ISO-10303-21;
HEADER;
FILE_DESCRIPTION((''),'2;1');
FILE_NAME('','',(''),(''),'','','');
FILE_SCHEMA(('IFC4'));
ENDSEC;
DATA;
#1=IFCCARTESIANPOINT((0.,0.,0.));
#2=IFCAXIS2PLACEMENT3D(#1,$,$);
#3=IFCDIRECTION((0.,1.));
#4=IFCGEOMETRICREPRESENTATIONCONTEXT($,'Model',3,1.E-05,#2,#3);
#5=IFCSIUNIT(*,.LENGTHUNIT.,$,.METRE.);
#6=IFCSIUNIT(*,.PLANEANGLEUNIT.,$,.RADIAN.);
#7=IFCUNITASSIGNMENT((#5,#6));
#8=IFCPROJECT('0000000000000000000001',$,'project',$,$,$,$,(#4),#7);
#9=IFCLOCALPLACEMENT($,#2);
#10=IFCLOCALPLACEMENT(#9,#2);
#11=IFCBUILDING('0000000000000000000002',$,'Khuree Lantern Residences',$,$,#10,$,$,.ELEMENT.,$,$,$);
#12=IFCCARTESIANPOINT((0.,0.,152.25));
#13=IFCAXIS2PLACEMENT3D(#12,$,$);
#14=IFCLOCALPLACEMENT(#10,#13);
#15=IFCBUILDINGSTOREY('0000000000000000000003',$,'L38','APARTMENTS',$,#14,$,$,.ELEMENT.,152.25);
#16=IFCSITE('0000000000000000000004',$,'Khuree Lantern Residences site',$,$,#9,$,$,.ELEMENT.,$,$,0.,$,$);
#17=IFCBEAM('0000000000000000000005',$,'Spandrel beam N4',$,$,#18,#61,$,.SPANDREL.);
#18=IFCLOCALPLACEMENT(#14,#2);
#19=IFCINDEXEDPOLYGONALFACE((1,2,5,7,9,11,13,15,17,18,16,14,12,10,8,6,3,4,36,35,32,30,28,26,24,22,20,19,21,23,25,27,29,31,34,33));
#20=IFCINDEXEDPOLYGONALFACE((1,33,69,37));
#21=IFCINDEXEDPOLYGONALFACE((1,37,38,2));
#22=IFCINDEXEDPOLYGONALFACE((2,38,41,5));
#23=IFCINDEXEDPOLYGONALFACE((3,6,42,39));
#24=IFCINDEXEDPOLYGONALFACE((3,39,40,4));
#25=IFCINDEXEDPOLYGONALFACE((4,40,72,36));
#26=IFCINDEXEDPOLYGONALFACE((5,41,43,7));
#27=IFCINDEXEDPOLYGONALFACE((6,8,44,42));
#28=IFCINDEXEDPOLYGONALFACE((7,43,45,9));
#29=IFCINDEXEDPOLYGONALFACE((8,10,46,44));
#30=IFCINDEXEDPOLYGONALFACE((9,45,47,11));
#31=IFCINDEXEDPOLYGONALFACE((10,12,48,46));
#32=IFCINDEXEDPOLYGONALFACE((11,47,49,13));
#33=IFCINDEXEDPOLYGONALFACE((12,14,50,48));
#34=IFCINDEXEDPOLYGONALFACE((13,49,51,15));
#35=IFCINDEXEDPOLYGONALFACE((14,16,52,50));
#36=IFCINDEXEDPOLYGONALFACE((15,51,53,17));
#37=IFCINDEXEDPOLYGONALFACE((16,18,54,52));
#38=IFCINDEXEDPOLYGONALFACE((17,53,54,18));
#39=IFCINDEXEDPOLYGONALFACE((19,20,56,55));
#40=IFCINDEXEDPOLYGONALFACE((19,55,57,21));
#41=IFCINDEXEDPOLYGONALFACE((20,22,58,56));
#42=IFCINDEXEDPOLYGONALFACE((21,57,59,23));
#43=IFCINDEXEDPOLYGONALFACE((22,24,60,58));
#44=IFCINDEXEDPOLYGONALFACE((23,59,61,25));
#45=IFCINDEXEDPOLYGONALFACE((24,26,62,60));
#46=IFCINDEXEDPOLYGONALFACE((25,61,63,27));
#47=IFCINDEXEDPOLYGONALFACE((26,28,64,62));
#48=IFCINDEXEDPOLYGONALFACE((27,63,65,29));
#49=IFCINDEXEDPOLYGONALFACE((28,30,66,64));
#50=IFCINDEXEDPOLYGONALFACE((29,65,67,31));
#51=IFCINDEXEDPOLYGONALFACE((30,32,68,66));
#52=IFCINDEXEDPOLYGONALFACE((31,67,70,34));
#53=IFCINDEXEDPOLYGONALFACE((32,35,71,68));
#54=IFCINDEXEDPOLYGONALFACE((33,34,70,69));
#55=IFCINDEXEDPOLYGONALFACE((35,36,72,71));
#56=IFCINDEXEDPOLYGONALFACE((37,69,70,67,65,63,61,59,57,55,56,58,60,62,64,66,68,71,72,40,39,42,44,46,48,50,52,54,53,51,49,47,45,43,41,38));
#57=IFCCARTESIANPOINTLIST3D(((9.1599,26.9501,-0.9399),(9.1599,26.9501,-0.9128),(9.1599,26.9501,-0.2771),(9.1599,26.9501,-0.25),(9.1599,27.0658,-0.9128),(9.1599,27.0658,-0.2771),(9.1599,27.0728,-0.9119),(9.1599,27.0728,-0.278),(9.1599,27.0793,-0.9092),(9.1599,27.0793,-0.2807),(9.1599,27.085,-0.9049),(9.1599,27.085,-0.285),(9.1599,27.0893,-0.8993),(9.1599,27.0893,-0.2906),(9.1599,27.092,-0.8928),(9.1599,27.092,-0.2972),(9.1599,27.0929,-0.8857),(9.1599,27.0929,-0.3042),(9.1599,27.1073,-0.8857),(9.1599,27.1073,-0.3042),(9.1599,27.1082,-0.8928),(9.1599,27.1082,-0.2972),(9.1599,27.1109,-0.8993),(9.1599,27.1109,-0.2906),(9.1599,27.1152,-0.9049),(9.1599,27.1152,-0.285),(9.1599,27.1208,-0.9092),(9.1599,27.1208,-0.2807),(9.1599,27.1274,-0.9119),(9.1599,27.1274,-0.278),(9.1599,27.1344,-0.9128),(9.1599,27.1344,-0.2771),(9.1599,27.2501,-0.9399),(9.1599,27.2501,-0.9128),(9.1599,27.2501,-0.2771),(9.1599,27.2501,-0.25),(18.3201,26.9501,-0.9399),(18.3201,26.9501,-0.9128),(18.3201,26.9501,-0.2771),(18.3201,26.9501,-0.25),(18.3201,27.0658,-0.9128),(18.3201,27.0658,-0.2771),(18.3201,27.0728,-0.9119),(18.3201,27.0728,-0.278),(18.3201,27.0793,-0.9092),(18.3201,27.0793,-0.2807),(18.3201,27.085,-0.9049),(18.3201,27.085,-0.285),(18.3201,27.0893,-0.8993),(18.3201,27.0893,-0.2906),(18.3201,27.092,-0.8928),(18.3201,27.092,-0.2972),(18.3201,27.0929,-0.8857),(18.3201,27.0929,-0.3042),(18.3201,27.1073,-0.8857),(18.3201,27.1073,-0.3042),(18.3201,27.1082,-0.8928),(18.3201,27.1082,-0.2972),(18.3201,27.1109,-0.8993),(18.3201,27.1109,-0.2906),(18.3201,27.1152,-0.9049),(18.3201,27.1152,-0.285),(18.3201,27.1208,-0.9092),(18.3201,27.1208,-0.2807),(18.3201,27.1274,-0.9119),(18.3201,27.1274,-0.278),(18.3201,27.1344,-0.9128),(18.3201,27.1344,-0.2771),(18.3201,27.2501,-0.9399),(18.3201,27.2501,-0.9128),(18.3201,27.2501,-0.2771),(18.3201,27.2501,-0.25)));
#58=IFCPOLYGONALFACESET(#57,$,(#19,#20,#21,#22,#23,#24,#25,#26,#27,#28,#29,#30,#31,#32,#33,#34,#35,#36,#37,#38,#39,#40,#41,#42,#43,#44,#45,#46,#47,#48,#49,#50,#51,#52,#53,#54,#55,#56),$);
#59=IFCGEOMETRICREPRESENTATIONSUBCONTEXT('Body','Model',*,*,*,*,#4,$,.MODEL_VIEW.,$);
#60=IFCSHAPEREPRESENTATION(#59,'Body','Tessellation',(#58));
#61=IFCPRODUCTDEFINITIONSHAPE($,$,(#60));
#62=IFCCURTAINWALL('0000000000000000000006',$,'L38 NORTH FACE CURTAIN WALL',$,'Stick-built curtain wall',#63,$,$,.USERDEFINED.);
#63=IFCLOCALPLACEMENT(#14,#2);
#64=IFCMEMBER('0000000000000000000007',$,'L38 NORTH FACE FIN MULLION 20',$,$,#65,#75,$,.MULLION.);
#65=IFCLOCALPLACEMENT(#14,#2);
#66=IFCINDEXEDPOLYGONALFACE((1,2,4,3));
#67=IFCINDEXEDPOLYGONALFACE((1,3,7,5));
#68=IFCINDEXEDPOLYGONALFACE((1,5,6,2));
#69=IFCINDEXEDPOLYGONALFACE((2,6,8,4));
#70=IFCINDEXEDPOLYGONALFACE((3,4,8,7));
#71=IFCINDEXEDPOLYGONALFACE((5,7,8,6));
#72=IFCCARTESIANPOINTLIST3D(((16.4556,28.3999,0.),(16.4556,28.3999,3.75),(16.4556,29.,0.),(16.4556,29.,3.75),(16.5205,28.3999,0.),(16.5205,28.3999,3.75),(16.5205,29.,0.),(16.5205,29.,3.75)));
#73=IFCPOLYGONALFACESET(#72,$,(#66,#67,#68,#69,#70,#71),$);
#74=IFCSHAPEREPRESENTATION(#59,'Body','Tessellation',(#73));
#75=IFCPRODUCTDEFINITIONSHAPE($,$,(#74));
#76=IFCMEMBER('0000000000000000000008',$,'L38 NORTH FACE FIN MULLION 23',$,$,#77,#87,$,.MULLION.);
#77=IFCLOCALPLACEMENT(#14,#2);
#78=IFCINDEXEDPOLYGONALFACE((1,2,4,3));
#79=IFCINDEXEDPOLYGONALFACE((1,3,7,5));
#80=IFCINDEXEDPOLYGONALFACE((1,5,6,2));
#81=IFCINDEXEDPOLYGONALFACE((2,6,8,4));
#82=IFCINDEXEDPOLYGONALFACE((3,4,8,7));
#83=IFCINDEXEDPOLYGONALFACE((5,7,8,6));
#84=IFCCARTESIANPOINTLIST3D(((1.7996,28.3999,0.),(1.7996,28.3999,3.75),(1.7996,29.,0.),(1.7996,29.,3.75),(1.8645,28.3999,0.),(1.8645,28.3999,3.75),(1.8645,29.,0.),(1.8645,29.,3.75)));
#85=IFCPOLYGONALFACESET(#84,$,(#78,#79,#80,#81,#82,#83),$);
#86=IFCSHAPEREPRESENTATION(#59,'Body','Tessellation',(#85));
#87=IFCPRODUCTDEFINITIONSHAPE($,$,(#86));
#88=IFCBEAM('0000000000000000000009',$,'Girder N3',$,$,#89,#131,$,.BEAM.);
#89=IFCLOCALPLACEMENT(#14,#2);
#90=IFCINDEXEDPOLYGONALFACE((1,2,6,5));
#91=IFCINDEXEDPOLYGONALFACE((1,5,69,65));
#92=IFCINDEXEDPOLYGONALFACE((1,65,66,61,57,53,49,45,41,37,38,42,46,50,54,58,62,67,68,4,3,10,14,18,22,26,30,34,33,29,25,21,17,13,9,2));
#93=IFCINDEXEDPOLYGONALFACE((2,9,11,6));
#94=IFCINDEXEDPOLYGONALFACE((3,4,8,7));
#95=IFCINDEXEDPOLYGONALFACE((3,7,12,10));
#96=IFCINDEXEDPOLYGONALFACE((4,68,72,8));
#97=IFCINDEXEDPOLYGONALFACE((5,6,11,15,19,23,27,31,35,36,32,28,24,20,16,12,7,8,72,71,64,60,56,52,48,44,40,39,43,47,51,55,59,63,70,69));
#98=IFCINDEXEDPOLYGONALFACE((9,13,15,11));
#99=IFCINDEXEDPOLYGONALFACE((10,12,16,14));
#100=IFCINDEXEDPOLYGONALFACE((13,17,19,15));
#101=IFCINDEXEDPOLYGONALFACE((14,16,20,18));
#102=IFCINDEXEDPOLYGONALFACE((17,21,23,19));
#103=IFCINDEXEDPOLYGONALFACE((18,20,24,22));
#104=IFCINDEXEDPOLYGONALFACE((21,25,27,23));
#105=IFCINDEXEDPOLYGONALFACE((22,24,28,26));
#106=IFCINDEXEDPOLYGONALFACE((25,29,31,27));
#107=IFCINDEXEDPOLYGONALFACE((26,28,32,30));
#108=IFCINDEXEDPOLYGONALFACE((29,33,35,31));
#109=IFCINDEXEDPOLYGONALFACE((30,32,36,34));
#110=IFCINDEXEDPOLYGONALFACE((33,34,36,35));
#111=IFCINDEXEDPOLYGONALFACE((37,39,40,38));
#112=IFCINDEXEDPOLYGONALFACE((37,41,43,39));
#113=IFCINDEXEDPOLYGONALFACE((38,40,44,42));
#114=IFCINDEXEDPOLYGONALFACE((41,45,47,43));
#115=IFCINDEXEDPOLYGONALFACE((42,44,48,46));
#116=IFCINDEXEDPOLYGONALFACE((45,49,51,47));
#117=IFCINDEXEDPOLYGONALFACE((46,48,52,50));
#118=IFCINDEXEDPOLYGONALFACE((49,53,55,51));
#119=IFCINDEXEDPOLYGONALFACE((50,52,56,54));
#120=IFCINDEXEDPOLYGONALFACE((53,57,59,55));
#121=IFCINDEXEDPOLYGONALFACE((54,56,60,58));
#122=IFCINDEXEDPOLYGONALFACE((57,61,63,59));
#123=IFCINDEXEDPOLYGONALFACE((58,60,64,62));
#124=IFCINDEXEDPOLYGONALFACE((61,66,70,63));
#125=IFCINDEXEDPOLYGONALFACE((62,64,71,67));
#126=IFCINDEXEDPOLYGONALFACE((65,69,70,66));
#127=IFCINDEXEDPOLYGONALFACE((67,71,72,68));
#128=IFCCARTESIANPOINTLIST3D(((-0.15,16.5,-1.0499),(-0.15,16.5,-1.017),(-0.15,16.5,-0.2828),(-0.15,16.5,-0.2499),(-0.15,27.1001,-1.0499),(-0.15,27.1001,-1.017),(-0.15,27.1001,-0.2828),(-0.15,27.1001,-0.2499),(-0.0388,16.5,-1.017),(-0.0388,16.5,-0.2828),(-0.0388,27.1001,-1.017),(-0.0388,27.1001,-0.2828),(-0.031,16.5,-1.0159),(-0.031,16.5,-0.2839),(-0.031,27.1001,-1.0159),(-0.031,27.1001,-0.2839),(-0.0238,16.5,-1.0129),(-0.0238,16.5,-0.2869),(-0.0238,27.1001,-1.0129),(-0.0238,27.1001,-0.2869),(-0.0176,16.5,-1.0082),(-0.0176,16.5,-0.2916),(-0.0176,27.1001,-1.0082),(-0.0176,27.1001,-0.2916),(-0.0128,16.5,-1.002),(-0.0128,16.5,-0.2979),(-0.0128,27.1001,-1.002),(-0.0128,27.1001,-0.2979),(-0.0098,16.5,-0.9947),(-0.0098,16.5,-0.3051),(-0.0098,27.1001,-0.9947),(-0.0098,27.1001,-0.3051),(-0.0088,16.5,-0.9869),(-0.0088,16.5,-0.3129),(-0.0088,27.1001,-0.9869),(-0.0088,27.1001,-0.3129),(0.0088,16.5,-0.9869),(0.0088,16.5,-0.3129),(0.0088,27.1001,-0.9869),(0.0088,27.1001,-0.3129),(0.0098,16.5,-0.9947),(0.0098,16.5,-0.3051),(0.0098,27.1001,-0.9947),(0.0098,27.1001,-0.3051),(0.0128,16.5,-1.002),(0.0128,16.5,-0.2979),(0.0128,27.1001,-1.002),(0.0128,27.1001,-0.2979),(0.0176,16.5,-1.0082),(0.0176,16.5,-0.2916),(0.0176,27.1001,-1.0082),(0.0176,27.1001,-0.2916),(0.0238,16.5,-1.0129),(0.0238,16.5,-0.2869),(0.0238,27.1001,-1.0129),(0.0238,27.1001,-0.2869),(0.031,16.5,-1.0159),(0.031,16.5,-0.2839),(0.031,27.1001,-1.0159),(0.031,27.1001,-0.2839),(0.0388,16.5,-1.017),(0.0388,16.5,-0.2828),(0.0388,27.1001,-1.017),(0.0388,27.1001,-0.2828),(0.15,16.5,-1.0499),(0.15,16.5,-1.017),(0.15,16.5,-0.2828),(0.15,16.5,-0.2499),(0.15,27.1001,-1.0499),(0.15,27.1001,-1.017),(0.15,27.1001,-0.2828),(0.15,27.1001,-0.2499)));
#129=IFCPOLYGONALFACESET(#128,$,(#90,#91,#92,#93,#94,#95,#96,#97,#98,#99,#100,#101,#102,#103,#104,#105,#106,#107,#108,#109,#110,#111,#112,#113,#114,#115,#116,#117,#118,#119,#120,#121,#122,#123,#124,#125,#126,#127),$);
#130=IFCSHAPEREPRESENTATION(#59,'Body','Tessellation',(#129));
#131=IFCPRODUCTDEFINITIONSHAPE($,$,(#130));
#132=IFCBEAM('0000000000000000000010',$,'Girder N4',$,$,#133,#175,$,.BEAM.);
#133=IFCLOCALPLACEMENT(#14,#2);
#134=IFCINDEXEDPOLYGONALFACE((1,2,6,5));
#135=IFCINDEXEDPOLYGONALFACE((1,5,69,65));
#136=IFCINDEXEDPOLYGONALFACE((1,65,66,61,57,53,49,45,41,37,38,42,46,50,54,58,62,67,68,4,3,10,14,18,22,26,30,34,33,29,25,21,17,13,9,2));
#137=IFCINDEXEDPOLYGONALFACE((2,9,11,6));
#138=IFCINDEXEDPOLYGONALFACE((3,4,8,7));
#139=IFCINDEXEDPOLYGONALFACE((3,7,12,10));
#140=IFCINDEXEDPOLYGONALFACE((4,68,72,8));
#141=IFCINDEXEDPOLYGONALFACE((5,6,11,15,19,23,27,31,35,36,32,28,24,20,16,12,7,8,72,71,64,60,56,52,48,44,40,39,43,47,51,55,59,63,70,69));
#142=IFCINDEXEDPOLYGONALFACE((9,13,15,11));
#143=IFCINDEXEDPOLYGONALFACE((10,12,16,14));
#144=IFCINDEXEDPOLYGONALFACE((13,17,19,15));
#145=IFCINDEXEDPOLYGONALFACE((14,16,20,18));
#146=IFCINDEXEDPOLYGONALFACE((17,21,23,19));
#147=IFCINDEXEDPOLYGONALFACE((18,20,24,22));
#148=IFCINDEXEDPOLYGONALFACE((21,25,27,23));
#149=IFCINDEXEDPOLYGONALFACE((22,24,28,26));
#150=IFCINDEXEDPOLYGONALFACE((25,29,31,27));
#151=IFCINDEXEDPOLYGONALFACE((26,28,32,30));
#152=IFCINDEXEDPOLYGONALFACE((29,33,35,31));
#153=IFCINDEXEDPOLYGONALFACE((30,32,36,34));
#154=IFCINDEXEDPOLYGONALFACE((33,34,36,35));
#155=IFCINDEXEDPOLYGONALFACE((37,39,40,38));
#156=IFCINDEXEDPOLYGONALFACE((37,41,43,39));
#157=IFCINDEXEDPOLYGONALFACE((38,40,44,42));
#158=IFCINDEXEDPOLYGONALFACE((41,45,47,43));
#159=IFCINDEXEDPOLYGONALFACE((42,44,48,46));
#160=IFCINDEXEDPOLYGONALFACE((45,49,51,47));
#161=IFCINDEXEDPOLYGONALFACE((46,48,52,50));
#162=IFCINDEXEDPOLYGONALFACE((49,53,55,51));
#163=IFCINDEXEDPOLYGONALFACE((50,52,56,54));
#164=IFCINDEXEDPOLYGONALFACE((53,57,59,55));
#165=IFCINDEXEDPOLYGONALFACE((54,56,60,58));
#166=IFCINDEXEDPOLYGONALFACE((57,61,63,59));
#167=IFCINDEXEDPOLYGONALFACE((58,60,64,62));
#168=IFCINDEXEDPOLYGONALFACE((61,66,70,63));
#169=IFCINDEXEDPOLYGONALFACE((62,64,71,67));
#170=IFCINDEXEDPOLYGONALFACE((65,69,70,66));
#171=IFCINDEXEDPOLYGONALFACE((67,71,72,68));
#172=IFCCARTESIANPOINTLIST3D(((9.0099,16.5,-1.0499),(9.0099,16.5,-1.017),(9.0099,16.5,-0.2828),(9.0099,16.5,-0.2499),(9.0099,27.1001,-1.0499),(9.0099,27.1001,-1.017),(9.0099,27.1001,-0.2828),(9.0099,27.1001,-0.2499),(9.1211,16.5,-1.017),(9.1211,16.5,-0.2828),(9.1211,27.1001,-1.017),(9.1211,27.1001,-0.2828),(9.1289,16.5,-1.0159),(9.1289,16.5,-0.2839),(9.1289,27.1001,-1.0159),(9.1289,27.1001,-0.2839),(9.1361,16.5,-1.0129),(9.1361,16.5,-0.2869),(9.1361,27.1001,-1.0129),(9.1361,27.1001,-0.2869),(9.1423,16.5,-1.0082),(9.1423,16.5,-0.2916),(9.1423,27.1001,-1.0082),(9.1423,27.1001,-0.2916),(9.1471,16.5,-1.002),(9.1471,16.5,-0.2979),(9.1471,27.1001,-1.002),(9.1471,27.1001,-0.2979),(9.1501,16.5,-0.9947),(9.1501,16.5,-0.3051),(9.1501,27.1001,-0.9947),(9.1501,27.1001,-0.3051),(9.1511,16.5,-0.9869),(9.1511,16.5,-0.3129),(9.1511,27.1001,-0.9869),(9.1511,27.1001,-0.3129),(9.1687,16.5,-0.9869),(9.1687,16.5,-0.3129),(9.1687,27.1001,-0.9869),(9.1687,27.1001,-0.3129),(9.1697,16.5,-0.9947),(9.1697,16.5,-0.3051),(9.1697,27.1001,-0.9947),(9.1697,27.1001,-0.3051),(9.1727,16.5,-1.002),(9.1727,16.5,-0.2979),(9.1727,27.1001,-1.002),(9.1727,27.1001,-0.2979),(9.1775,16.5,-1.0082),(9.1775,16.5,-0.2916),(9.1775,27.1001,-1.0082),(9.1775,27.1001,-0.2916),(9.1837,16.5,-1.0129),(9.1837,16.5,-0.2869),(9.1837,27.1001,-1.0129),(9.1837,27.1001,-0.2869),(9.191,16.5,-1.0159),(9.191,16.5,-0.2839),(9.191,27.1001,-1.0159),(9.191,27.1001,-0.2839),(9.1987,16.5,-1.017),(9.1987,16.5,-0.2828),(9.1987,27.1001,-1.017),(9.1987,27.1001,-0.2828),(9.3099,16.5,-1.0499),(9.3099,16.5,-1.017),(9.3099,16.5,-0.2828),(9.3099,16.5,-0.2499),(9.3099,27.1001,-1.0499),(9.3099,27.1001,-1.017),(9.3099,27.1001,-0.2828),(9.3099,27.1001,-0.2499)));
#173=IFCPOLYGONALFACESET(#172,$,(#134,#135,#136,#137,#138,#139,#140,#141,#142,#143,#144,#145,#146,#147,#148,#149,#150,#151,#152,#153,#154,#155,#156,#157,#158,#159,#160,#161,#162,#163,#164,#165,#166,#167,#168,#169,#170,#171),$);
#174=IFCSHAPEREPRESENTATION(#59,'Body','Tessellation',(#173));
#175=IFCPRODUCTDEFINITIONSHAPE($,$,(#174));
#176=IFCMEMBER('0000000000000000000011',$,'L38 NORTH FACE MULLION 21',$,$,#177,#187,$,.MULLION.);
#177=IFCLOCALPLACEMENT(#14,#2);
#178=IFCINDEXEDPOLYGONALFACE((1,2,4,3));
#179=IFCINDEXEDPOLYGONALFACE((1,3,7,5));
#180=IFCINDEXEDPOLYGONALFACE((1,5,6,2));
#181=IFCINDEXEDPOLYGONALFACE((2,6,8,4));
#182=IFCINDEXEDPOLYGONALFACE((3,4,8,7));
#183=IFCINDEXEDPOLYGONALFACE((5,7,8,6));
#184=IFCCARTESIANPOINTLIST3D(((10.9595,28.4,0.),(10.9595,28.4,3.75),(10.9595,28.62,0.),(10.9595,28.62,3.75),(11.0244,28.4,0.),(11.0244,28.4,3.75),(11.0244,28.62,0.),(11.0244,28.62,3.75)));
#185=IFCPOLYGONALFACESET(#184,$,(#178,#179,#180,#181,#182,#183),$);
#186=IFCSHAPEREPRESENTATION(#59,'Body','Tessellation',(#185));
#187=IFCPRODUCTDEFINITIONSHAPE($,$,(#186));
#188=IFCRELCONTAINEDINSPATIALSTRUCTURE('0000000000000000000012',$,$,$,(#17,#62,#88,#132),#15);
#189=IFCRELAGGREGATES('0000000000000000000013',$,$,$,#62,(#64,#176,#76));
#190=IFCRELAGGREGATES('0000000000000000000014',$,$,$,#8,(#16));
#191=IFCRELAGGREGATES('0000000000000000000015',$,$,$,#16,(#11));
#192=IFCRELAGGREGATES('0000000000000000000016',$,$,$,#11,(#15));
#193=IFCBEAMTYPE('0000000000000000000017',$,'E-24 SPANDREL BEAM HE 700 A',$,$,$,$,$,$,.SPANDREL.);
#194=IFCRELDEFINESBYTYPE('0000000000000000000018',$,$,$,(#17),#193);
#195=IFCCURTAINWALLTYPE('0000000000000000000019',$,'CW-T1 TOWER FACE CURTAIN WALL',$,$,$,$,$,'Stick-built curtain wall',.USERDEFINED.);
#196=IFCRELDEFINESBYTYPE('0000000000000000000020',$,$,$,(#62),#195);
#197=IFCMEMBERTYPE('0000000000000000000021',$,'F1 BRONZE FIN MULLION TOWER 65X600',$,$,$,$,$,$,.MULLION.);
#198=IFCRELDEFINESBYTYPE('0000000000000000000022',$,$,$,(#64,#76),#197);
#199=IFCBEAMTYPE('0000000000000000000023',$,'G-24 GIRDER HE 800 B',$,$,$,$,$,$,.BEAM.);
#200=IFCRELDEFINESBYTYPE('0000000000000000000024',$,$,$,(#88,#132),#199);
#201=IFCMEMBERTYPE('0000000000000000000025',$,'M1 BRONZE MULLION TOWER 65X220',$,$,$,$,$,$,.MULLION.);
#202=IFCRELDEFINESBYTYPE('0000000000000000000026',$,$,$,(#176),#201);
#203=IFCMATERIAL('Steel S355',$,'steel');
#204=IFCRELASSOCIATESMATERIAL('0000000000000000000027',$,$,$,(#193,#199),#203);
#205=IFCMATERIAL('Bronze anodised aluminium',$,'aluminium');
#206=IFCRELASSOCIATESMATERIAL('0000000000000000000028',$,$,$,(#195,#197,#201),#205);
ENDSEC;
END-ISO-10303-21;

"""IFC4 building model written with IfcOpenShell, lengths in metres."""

from ifc_helpers import new_model, si_unit, direction, frame, origin, origin_2d, place, context, subcontext, project, spatial, rectangle, i_section, extrude, material, material_profile, profile_set, type_object, element, aggregate, save


model = new_model("IFC4")

# Units and contexts
model_context = context("Model", 3, precision=1e-05, world=origin(), true_north=direction((0.0, 1.0)))
body_context = subcontext(model_context, "Body", "Model", "MODEL_VIEW")
ifc_project = project(units=[si_unit("LENGTHUNIT", "METRE"), si_unit("PLANEANGLEUNIT", "RADIAN")], contexts=[model_context])

# Site, building, storey
site_placement = place(None, origin())
site = spatial("IfcSite", under=ifc_project, at=site_placement, Name="Khuree Lantern Residences site", CompositionType="ELEMENT", RefElevation=0.0)
building_placement = place(site_placement, origin())
building = spatial("IfcBuilding", under=site, at=building_placement, Name="Khuree Lantern Residences", CompositionType="ELEMENT")
storey_placement = place(building_placement, frame((0.0, 0.0, 152.25)))
storey = spatial("IfcBuildingStorey", under=building, at=storey_placement, Name="L38", Description="APARTMENTS", CompositionType="ELEMENT", Elevation=152.25)

# Beam
ifc_material_1 = material(Name="Steel S355", Category="steel")
ifc_material_profile_1 = material_profile(ifc_material_1, i_section(OverallWidth=0.3, OverallDepth=0.6899, WebThickness=0.0144, FlangeThickness=0.0271, FilletRadius=0.0271, at=origin_2d()), Name="HE 700 A")
ifc_profile_set_1 = profile_set([ifc_material_profile_1], Name="Steel S355")
beam_type_1 = type_object("IfcBeamType", Name="E-24 SPANDREL BEAM HE 700 A", PredefinedType="SPANDREL", material=ifc_profile_set_1)
beam_1_placement = place(storey_placement, frame((9.1599, 27.1001, -0.595), z_axis=(1.0, 0.0, 0.0), x_axis=(0.0, 1.0, 0.0)))
element("IfcBeam", 1, at=beam_1_placement, inside=storey, type_object=beam_type_1, Name="Spandrel beam N4", PredefinedType="SPANDREL", context=body_context, shape_type="SweptSolid", body=[
    extrude(i_section(OverallWidth=0.3, OverallDepth=0.6899, WebThickness=0.0144, FlangeThickness=0.0271, FilletRadius=0.0271, at=origin_2d()), origin(), (0.0, 0.0, 1.0), 9.1602),
])

# Curtain wall, members
ifc_material_2 = material(Name="Bronze anodised aluminium", Category="aluminium")
curtain_wall_type = type_object("IfcCurtainWallType", Name="CW-T1 TOWER FACE CURTAIN WALL", ElementType="Stick-built curtain wall", PredefinedType="USERDEFINED", material=ifc_material_2)
curtain_wall_placement = place(storey_placement, origin())
curtain_wall = element("IfcCurtainWall", 2, at=curtain_wall_placement, inside=storey, type_object=curtain_wall_type, Name="L38 NORTH FACE CURTAIN WALL", ObjectType="Stick-built curtain wall", PredefinedType="USERDEFINED")
ifc_material_profile_2 = material_profile(ifc_material_2, rectangle(XDim=0.0649, YDim=0.6001, at=origin_2d()), Name="F1 65X600")
ifc_profile_set_2 = profile_set([ifc_material_profile_2], Name="Bronze anodised aluminium")
member_type_1 = type_object("IfcMemberType", Name="F1 BRONZE FIN MULLION TOWER 65X600", PredefinedType="MULLION", material=ifc_profile_set_2)
member_1_placement = place(storey_placement, frame((16.488, 28.7, 0.0), z_axis=(0.0, 0.0, 1.0), x_axis=(-1.0, 0.0, 0.0)))
member_1 = element("IfcMember", 3, at=member_1_placement, type_object=member_type_1, Name="L38 NORTH FACE FIN MULLION 20", PredefinedType="MULLION", context=body_context, shape_type="SweptSolid", body=[
    extrude(rectangle(XDim=0.0649, YDim=0.6001, at=origin_2d()), origin(), (0.0, 0.0, 1.0), 3.75),
])
member_2_placement = place(storey_placement, frame((1.832, 28.7, 0.0), z_axis=(0.0, 0.0, 1.0), x_axis=(-1.0, 0.0, 0.0)))
member_2 = element("IfcMember", 4, at=member_2_placement, type_object=member_type_1, Name="L38 NORTH FACE FIN MULLION 23", PredefinedType="MULLION", context=body_context, shape_type="SweptSolid", body=[
    extrude(rectangle(XDim=0.0649, YDim=0.6001, at=origin_2d()), origin(), (0.0, 0.0, 1.0), 3.75),
])

# Beams
ifc_material_profile_3 = material_profile(ifc_material_1, i_section(OverallWidth=0.3, OverallDepth=0.8, WebThickness=0.0176, FlangeThickness=0.033, FilletRadius=0.03, at=origin_2d()), Name="HE 800 B")
ifc_profile_set_3 = profile_set([ifc_material_profile_3], Name="Steel S355")
beam_type_2 = type_object("IfcBeamType", Name="G-24 GIRDER HE 800 B", PredefinedType="BEAM", material=ifc_profile_set_3)
for number, where, z_axis, x_axis, name in (
    (5, (0.0, 27.1001, -0.6499), (0.0, -1.0, 0.0), (1.0, 0.0, 0.0), "Girder N3"),
    (6, (9.1599, 27.1001, -0.6499), (0.0, -1.0, 0.0), (1.0, 0.0, 0.0), "Girder N4"),
):
    element("IfcBeam", number, at=place(storey_placement, frame(where, z_axis=z_axis, x_axis=x_axis)), inside=storey, type_object=beam_type_2, Name=name, PredefinedType="BEAM", context=body_context, shape_type="SweptSolid", body=[
        extrude(i_section(OverallWidth=0.3, OverallDepth=0.8, WebThickness=0.0176, FlangeThickness=0.033, FilletRadius=0.03, at=origin_2d()), origin(), (0.0, 0.0, 1.0), 10.6001),
    ])

# Member
ifc_material_profile_4 = material_profile(ifc_material_2, rectangle(XDim=0.0649, YDim=0.22, at=origin_2d()), Name="M1 65X220")
ifc_profile_set_4 = profile_set([ifc_material_profile_4], Name="Bronze anodised aluminium")
member_type_2 = type_object("IfcMemberType", Name="M1 BRONZE MULLION TOWER 65X220", PredefinedType="MULLION", material=ifc_profile_set_4)
member_3_placement = place(storey_placement, frame((10.9919, 28.51, 0.0), z_axis=(0.0, 0.0, 1.0), x_axis=(-1.0, 0.0, 0.0)))
member_3 = element("IfcMember", 7, at=member_3_placement, type_object=member_type_2, Name="L38 NORTH FACE MULLION 21", PredefinedType="MULLION", context=body_context, shape_type="SweptSolid", body=[
    extrude(rectangle(XDim=0.0649, YDim=0.22, at=origin_2d()), origin(), (0.0, 0.0, 1.0), 3.75),
])

aggregate(curtain_wall, [member_1, member_3, member_2])

save(model, "model.ifc")
